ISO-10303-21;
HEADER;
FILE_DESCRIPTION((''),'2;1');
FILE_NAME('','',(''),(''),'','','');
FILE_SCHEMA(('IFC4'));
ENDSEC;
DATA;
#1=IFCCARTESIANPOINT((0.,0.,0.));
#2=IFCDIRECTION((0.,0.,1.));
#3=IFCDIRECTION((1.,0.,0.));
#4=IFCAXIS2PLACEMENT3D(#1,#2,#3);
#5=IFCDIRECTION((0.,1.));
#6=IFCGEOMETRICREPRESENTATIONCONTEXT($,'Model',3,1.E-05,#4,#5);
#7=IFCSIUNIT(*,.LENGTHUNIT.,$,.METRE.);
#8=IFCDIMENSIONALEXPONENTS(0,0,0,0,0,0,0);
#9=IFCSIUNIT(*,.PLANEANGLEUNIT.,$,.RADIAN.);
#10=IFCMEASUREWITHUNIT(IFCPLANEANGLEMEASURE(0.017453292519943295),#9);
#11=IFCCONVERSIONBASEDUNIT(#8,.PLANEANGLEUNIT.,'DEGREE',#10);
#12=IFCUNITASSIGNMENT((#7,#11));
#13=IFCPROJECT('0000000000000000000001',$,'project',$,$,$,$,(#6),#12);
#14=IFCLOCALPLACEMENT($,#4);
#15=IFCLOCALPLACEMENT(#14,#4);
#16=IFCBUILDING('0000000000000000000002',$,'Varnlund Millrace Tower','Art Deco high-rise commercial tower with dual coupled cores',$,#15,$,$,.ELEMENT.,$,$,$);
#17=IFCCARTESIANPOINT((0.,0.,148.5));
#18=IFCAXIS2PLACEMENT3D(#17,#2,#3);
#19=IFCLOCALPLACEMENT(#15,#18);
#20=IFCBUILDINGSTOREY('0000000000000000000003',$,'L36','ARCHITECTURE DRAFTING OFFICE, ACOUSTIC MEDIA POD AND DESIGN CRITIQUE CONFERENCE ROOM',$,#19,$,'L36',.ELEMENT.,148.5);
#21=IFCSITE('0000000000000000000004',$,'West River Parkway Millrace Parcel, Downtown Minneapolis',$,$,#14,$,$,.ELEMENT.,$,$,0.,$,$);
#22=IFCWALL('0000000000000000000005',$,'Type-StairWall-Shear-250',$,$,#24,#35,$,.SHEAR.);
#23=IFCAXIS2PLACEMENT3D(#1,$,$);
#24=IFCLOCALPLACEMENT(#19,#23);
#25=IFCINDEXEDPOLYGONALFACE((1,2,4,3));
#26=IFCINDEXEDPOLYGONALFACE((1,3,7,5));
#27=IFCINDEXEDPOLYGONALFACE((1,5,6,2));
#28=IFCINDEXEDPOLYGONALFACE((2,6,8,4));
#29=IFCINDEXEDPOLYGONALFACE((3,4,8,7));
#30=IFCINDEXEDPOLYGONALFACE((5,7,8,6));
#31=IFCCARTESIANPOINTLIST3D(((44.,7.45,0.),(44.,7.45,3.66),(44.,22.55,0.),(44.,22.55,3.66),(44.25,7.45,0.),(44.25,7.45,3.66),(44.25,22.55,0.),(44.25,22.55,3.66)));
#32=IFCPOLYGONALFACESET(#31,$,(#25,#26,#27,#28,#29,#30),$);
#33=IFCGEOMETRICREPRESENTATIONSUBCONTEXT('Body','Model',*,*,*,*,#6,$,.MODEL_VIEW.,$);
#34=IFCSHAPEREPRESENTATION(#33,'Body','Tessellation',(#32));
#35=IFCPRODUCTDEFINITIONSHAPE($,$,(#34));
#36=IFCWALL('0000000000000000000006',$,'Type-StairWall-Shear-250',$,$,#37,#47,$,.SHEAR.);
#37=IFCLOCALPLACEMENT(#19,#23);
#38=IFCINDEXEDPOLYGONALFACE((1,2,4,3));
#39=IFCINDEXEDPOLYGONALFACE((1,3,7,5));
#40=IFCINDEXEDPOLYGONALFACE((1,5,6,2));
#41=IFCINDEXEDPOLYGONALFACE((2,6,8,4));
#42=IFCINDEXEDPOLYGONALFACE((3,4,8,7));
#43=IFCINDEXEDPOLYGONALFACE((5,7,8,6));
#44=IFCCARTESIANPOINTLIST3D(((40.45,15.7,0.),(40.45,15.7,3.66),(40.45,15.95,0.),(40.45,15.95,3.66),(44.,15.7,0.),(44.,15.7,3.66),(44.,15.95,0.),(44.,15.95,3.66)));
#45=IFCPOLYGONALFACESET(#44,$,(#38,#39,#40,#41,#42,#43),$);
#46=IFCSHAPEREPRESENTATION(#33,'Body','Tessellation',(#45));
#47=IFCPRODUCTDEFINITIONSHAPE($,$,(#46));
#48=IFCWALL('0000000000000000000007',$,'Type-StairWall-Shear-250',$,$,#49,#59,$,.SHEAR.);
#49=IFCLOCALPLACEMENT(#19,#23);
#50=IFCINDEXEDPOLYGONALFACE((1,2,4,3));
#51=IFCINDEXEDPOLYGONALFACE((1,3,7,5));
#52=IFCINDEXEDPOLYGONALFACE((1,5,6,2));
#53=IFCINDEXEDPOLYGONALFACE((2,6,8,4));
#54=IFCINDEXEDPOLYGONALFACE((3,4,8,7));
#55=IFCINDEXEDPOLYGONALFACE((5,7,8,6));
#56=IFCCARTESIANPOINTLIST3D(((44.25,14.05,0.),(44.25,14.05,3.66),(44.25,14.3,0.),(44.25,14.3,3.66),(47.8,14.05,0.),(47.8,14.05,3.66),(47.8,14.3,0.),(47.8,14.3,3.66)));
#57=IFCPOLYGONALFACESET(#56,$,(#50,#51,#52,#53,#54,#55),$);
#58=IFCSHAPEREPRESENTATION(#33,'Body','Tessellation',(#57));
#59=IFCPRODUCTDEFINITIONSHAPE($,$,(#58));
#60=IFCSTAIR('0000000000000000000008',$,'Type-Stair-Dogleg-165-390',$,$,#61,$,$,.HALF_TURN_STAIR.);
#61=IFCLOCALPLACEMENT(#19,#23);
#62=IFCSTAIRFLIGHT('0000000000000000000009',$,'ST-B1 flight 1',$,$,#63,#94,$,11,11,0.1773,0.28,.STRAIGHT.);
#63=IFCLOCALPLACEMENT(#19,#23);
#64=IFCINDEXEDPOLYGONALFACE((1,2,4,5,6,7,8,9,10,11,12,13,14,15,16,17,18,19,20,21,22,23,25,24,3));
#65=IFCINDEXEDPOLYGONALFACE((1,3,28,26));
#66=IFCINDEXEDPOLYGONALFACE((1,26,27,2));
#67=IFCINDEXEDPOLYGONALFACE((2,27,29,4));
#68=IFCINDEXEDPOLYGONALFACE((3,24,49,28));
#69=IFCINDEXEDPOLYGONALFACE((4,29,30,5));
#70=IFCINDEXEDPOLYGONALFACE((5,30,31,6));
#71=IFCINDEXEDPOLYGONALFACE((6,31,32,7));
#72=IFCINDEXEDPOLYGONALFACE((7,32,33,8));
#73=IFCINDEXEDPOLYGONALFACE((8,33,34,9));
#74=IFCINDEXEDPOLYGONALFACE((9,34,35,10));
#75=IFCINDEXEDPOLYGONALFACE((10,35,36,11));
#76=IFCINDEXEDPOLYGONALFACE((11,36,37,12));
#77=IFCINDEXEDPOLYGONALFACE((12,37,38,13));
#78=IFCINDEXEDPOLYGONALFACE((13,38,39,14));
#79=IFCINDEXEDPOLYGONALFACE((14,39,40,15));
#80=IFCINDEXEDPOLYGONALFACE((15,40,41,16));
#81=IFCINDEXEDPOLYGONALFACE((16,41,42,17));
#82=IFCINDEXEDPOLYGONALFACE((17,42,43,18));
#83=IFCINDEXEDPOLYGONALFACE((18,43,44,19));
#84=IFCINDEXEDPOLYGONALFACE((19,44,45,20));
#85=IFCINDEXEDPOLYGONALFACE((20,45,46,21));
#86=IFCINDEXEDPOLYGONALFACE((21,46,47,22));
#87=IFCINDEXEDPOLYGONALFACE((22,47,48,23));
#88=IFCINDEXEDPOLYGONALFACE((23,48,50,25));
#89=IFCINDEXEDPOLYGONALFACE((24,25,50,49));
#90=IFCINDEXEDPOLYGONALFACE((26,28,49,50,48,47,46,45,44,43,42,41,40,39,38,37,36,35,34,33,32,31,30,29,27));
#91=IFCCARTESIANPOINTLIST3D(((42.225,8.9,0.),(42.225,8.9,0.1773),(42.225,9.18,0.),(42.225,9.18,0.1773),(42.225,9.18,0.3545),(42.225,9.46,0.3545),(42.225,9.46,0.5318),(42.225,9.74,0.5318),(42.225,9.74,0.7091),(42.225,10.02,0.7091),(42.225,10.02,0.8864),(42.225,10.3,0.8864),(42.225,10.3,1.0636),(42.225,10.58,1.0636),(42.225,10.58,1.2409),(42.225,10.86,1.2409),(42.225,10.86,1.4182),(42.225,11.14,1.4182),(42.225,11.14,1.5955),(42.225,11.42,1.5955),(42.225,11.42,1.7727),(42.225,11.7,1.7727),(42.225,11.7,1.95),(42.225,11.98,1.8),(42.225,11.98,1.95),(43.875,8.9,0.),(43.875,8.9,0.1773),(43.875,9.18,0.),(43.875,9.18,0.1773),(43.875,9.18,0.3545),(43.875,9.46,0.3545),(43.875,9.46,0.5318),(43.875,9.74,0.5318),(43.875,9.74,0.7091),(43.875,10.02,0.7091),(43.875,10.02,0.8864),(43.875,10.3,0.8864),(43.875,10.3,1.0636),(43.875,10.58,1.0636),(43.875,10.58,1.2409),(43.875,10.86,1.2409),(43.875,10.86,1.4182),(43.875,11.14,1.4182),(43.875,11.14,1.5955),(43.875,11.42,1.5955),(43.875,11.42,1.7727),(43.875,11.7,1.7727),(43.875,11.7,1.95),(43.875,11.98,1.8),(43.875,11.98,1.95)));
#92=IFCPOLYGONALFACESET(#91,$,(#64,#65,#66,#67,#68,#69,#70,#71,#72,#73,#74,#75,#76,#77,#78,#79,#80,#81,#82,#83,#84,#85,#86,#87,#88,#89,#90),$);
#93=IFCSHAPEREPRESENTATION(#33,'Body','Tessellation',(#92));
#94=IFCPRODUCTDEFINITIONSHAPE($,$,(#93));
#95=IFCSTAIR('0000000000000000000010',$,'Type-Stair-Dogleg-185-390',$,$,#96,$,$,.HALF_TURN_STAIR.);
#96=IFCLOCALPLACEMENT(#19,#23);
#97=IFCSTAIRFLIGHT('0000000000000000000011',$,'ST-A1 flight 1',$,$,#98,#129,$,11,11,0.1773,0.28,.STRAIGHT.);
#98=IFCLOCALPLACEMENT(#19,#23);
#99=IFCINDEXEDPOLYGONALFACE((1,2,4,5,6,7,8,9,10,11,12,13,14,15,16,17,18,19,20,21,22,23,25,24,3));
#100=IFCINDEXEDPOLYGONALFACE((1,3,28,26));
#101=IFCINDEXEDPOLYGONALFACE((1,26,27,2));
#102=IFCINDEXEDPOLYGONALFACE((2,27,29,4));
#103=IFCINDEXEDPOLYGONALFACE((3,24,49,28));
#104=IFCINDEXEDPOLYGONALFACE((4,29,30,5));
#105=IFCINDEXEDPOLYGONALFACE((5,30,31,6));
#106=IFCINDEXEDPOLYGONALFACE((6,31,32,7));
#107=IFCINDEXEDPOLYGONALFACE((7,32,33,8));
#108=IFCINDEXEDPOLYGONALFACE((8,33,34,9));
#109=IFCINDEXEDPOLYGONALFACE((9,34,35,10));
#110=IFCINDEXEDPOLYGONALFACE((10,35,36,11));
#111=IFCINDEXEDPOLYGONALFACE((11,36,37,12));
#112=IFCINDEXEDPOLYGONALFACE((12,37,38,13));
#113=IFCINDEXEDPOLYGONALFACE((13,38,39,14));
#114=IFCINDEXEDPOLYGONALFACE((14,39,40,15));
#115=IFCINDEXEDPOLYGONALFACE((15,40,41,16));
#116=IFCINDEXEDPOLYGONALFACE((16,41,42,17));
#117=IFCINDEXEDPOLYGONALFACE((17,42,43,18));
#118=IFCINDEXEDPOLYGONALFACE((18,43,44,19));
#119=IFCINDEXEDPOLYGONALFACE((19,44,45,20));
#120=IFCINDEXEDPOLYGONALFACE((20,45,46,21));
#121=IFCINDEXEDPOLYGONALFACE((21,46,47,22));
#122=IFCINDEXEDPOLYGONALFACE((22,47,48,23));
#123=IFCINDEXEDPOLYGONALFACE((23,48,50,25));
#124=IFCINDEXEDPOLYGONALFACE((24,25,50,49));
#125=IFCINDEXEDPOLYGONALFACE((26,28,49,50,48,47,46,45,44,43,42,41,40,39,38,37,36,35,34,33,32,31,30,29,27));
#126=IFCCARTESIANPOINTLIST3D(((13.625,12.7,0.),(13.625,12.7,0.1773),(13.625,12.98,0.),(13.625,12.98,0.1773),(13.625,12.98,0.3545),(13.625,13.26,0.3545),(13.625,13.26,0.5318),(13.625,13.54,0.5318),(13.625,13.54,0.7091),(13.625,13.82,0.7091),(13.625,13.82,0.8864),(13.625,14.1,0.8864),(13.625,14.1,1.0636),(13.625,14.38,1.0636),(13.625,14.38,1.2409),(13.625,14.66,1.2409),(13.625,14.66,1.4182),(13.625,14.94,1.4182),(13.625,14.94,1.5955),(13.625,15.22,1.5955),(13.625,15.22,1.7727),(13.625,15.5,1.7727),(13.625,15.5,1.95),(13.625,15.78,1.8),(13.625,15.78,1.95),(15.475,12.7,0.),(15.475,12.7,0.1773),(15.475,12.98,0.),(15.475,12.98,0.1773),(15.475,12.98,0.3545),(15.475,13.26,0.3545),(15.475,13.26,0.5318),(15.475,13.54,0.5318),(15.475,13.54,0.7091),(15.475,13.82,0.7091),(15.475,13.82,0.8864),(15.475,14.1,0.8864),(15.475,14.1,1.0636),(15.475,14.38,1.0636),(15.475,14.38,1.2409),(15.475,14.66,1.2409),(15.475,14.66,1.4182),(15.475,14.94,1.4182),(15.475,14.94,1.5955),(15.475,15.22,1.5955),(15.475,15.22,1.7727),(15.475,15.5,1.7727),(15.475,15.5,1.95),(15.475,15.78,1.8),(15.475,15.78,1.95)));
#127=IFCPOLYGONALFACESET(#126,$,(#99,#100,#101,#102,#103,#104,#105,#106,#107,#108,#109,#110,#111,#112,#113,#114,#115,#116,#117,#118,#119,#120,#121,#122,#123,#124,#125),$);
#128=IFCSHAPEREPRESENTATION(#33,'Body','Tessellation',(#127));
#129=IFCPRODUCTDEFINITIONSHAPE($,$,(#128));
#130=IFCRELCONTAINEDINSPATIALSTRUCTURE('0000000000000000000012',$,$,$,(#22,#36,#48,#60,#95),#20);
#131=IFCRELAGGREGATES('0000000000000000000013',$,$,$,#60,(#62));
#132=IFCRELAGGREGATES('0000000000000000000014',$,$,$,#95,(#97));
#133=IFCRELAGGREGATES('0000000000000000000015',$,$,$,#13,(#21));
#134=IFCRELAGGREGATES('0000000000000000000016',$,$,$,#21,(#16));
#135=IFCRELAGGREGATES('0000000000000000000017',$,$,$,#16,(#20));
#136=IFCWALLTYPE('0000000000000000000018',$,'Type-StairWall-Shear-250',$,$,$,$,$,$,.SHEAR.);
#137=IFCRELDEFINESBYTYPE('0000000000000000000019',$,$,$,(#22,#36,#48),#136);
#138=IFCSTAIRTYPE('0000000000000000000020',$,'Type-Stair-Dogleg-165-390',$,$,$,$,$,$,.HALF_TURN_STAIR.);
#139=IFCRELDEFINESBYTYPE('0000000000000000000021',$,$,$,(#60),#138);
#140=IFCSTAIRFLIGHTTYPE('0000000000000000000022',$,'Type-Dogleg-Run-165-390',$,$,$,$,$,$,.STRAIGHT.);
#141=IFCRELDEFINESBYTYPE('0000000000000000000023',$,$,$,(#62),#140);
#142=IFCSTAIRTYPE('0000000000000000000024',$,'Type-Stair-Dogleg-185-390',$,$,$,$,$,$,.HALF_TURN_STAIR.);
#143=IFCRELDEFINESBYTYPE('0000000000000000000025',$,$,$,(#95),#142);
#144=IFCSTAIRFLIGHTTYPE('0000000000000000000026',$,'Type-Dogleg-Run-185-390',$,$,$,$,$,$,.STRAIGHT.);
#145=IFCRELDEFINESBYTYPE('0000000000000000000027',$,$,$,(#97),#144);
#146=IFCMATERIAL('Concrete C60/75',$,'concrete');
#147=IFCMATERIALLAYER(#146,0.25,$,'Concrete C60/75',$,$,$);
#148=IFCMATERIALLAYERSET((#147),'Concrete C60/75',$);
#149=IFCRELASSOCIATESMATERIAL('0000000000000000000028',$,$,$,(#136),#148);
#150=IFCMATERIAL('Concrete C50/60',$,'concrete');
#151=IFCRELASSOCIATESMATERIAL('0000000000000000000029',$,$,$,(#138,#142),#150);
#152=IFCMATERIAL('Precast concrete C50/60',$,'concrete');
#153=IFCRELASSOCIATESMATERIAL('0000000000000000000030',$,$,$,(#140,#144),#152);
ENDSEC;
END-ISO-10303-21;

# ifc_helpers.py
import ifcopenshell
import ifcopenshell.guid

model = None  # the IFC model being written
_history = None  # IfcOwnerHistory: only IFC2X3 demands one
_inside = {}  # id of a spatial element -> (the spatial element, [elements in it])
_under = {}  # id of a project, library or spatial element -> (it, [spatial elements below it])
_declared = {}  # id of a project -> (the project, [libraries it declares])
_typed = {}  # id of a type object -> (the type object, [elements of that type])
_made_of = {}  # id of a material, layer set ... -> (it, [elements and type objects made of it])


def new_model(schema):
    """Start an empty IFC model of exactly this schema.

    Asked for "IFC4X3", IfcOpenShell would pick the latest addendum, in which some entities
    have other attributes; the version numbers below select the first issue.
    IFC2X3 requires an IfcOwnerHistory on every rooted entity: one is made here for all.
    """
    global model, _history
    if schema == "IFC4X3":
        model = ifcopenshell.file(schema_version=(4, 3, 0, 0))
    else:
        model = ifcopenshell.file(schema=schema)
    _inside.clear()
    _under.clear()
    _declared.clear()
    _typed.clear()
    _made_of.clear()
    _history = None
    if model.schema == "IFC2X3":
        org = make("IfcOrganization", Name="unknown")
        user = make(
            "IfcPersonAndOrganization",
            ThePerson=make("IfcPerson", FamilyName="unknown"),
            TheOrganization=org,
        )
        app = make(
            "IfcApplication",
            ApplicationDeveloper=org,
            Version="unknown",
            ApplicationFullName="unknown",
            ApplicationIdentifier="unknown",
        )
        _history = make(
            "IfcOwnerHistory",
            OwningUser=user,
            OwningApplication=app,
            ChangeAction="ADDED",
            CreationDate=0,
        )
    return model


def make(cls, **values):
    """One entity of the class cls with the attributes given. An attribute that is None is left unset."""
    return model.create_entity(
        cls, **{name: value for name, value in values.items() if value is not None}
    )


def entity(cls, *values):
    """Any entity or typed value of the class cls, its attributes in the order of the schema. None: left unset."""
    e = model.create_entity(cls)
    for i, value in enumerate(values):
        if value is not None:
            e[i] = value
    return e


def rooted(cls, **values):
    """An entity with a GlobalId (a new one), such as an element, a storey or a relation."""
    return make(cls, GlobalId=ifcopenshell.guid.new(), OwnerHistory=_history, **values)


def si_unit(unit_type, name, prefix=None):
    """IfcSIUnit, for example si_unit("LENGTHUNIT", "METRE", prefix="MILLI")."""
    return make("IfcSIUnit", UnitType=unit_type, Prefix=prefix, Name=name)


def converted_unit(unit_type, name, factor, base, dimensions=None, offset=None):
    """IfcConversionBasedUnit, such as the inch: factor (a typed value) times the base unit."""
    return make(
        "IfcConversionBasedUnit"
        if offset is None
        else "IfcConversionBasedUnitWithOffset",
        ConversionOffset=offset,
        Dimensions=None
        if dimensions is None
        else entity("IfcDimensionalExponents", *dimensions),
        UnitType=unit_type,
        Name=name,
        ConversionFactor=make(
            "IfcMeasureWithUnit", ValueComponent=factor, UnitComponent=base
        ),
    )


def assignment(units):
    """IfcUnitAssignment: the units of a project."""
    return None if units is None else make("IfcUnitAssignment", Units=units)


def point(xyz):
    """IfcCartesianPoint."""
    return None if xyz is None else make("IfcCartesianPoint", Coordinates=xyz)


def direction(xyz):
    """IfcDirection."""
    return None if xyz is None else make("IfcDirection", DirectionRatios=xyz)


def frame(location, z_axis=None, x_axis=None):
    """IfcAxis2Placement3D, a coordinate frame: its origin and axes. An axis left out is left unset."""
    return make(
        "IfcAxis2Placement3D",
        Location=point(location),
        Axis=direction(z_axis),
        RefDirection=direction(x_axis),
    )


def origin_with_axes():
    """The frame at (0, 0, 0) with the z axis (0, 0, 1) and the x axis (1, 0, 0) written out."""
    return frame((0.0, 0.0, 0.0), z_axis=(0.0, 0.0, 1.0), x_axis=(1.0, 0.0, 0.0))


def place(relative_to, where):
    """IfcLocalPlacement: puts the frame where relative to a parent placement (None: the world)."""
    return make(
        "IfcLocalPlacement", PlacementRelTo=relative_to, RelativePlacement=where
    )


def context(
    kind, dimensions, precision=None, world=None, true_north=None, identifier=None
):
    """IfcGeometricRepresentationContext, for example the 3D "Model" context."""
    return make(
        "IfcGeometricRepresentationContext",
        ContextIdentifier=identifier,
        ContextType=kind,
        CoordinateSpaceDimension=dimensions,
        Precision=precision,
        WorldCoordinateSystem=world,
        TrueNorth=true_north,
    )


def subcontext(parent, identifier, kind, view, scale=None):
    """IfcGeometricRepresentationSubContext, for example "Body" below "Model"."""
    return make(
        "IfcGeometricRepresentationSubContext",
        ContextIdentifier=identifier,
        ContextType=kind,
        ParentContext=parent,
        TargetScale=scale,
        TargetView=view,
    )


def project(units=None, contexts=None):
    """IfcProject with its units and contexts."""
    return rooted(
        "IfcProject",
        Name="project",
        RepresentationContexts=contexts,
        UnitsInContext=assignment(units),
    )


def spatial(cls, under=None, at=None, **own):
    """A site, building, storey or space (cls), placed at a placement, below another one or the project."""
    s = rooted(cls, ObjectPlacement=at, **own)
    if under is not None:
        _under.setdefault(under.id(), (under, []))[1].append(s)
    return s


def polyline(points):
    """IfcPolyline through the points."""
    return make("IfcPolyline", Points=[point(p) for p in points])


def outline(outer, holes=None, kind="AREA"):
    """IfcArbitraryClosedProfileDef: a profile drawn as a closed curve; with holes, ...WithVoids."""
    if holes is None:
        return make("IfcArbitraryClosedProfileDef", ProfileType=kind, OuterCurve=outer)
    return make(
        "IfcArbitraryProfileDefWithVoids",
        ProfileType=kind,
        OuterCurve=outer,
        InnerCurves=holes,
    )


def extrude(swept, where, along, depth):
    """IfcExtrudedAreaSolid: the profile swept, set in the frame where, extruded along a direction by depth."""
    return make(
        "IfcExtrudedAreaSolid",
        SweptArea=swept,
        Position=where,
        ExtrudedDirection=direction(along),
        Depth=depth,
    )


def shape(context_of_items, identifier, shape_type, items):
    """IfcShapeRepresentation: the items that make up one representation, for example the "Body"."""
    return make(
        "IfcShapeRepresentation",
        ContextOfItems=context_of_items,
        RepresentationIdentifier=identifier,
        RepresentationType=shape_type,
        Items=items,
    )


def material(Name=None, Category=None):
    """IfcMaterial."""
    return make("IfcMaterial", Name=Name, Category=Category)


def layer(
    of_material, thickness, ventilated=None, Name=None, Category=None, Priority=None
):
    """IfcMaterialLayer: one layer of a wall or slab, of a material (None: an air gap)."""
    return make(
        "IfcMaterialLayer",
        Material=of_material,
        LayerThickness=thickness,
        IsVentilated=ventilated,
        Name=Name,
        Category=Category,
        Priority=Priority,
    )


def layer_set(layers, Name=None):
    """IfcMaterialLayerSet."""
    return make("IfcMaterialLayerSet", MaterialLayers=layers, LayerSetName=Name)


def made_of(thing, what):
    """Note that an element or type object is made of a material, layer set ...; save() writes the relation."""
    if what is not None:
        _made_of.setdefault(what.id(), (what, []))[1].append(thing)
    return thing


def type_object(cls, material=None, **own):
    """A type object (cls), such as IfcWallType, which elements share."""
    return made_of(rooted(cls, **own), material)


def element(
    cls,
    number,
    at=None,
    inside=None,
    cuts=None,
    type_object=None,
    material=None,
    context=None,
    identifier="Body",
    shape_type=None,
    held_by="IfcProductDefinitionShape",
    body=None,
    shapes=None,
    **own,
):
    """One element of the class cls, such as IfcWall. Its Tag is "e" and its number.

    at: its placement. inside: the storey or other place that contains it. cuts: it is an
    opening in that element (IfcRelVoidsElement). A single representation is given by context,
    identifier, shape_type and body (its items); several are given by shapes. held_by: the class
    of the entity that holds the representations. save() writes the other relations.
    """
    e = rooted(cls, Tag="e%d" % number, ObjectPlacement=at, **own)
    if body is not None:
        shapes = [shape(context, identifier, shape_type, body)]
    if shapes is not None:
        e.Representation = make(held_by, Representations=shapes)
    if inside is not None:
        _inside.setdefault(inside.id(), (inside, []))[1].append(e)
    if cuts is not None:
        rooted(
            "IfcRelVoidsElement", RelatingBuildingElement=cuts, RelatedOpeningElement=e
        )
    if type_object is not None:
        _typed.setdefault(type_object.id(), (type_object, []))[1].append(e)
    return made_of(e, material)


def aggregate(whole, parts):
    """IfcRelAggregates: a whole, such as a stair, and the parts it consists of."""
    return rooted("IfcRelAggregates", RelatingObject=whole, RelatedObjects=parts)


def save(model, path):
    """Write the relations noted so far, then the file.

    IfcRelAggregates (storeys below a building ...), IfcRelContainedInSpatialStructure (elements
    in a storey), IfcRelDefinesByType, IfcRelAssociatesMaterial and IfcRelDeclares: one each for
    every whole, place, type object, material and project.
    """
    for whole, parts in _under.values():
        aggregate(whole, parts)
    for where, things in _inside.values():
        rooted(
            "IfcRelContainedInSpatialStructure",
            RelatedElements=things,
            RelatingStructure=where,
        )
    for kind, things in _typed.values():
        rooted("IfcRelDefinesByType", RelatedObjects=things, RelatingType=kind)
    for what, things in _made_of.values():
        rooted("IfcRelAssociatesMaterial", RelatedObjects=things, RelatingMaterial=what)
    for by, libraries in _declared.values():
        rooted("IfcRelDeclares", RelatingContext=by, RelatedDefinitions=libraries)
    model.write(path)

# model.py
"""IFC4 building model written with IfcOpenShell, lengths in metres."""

from ifc_helpers import new_model, entity, si_unit, converted_unit, direction, frame, origin_with_axes, place, context, subcontext, project, spatial, polyline, outline, extrude, material, layer, layer_set, type_object, element, aggregate, save


model = new_model("IFC4")

# Units and contexts
model_context = context("Model", 3, precision=1e-05, world=origin_with_axes(), true_north=direction((0.0, 1.0)))
body_context = subcontext(model_context, "Body", "Model", "MODEL_VIEW")
ifc_project = project(units=[si_unit("LENGTHUNIT", "METRE"), converted_unit("PLANEANGLEUNIT", "DEGREE", entity("IfcPlaneAngleMeasure", 0.017453292519943295), si_unit("PLANEANGLEUNIT", "RADIAN"), dimensions=[0, 0, 0, 0, 0, 0, 0])], contexts=[model_context])

# Site, building, storey
site_placement = place(None, origin_with_axes())
site = spatial("IfcSite", under=ifc_project, at=site_placement, Name="West River Parkway Millrace Parcel, Downtown Minneapolis", CompositionType="ELEMENT", RefElevation=0.0)
building_placement = place(site_placement, origin_with_axes())
building = spatial("IfcBuilding", under=site, at=building_placement, Name="Varnlund Millrace Tower", Description="Art Deco high-rise commercial tower with dual coupled cores", CompositionType="ELEMENT")
storey_placement = place(building_placement, frame((0.0, 0.0, 148.5), z_axis=(0.0, 0.0, 1.0), x_axis=(1.0, 0.0, 0.0)))
storey = spatial("IfcBuildingStorey", under=building, at=storey_placement, Name="L36", Description="ARCHITECTURE DRAFTING OFFICE, ACOUSTIC MEDIA POD AND DESIGN CRITIQUE CONFERENCE ROOM", LongName="L36", CompositionType="ELEMENT", Elevation=148.5)

# Shared definitions
ifc_material_1 = material(Name="Concrete C60/75", Category="concrete")
ifc_layer_1 = layer(ifc_material_1, 0.25, Name="Concrete C60/75")
ifc_layer_set_1 = layer_set([ifc_layer_1], Name="Concrete C60/75")

# Walls
wall_type_1 = type_object("IfcWallType", Name="Type-StairWall-Shear-250", PredefinedType="SHEAR", material=ifc_layer_set_1)
wall_1_placement = place(storey_placement, frame((44.125, 7.45, 0.0), z_axis=(0.0, 0.0, 1.0), x_axis=(0.0, 1.0, 0.0)))
element("IfcWall", 1, at=wall_1_placement, inside=storey, type_object=wall_type_1, Name="Type-StairWall-Shear-250", PredefinedType="SHEAR", context=body_context, shape_type="SweptSolid", body=[
    extrude(outline(polyline([(0.0, -0.125), (15.1, -0.125), (15.1, 0.125), (0.0, 0.125), (0.0, -0.125)])), origin_with_axes(), (0.0, 0.0, 1.0), 3.66),
])
for number, where, z_axis, x_axis, name in (
    (2, (40.45, 15.825, 0.0), (0.0, 0.0, 1.0), (1.0, 0.0, 0.0), "Type-StairWall-Shear-250"),
    (3, (44.25, 14.175, 0.0), (0.0, 0.0, 1.0), (1.0, 0.0, 0.0), "Type-StairWall-Shear-250"),
):
    element("IfcWall", number, at=place(storey_placement, frame(where, z_axis=z_axis, x_axis=x_axis)), inside=storey, type_object=wall_type_1, Name=name, PredefinedType="SHEAR", context=body_context, shape_type="SweptSolid", body=[
        extrude(outline(polyline([(0.0, -0.125), (3.55, -0.125), (3.55, 0.125), (0.0, 0.125), (0.0, -0.125)])), origin_with_axes(), (0.0, 0.0, 1.0), 3.66),
    ])

# Stairs, stair flights
ifc_material_2 = material(Name="Concrete C50/60", Category="concrete")
stair_type_1 = type_object("IfcStairType", Name="Type-Stair-Dogleg-165-390", PredefinedType="HALF_TURN_STAIR", material=ifc_material_2)
stair_1_placement = place(storey_placement, origin_with_axes())
stair_1 = element("IfcStair", 4, at=stair_1_placement, inside=storey, type_object=stair_type_1, Name="Type-Stair-Dogleg-165-390", PredefinedType="HALF_TURN_STAIR")
ifc_material_3 = material(Name="Precast concrete C50/60", Category="concrete")
stair_flight_type_1 = type_object("IfcStairFlightType", Name="Type-Dogleg-Run-165-390", PredefinedType="STRAIGHT", material=ifc_material_3)
stair_flight_1_placement = place(storey_placement, frame((42.225, 8.9, 0.0), z_axis=(1.0, 0.0, 0.0), x_axis=(0.0, 1.0, 0.0)))
stair_flight_1 = element("IfcStairFlight", 5, at=stair_flight_1_placement, type_object=stair_flight_type_1, Name="ST-B1 flight 1", NumberOfRisers=11, NumberOfTreads=11, PredefinedType="STRAIGHT", RiserHeight=0.1773, TreadLength=0.28, context=body_context, shape_type="SweptSolid", body=[
    extrude(outline(polyline([(0.0, 0.0), (0.0, 0.1773), (0.28, 0.1773), (0.28, 0.3545), (0.56, 0.3545), (0.56, 0.5318), (0.84, 0.5318), (0.84, 0.7091), (1.12, 0.7091), (1.12, 0.8864), (1.4, 0.8864), (1.4, 1.0636), (1.68, 1.0636), (1.68, 1.2409), (1.96, 1.2409), (1.96, 1.4182), (2.24, 1.4182), (2.24, 1.5955), (2.52, 1.5955), (2.52, 1.7727), (2.8, 1.7727), (2.8, 1.95), (3.08, 1.95), (3.08, 1.8), (0.28, 0.0), (0.0, 0.0)])), origin_with_axes(), (0.0, 0.0, 1.0), 1.65),
])
aggregate(stair_1, [stair_flight_1])
stair_type_2 = type_object("IfcStairType", Name="Type-Stair-Dogleg-185-390", PredefinedType="HALF_TURN_STAIR", material=ifc_material_2)
stair_2_placement = place(storey_placement, origin_with_axes())
stair_2 = element("IfcStair", 6, at=stair_2_placement, inside=storey, type_object=stair_type_2, Name="Type-Stair-Dogleg-185-390", PredefinedType="HALF_TURN_STAIR")
stair_flight_type_2 = type_object("IfcStairFlightType", Name="Type-Dogleg-Run-185-390", PredefinedType="STRAIGHT", material=ifc_material_3)
stair_flight_2_placement = place(storey_placement, frame((13.625, 12.7, 0.0), z_axis=(1.0, 0.0, 0.0), x_axis=(0.0, 1.0, 0.0)))
stair_flight_2 = element("IfcStairFlight", 7, at=stair_flight_2_placement, type_object=stair_flight_type_2, Name="ST-A1 flight 1", NumberOfRisers=11, NumberOfTreads=11, PredefinedType="STRAIGHT", RiserHeight=0.1773, TreadLength=0.28, context=body_context, shape_type="SweptSolid", body=[
    extrude(outline(polyline([(0.0, 0.0), (0.0, 0.1773), (0.28, 0.1773), (0.28, 0.3545), (0.56, 0.3545), (0.56, 0.5318), (0.84, 0.5318), (0.84, 0.7091), (1.12, 0.7091), (1.12, 0.8864), (1.4, 0.8864), (1.4, 1.0636), (1.68, 1.0636), (1.68, 1.2409), (1.96, 1.2409), (1.96, 1.4182), (2.24, 1.4182), (2.24, 1.5955), (2.52, 1.5955), (2.52, 1.7727), (2.8, 1.7727), (2.8, 1.95), (3.08, 1.95), (3.08, 1.8), (0.28, 0.0), (0.0, 0.0)])), origin_with_axes(), (0.0, 0.0, 1.0), 1.85),
])
aggregate(stair_2, [stair_flight_2])

save(model, "model.ifc")
